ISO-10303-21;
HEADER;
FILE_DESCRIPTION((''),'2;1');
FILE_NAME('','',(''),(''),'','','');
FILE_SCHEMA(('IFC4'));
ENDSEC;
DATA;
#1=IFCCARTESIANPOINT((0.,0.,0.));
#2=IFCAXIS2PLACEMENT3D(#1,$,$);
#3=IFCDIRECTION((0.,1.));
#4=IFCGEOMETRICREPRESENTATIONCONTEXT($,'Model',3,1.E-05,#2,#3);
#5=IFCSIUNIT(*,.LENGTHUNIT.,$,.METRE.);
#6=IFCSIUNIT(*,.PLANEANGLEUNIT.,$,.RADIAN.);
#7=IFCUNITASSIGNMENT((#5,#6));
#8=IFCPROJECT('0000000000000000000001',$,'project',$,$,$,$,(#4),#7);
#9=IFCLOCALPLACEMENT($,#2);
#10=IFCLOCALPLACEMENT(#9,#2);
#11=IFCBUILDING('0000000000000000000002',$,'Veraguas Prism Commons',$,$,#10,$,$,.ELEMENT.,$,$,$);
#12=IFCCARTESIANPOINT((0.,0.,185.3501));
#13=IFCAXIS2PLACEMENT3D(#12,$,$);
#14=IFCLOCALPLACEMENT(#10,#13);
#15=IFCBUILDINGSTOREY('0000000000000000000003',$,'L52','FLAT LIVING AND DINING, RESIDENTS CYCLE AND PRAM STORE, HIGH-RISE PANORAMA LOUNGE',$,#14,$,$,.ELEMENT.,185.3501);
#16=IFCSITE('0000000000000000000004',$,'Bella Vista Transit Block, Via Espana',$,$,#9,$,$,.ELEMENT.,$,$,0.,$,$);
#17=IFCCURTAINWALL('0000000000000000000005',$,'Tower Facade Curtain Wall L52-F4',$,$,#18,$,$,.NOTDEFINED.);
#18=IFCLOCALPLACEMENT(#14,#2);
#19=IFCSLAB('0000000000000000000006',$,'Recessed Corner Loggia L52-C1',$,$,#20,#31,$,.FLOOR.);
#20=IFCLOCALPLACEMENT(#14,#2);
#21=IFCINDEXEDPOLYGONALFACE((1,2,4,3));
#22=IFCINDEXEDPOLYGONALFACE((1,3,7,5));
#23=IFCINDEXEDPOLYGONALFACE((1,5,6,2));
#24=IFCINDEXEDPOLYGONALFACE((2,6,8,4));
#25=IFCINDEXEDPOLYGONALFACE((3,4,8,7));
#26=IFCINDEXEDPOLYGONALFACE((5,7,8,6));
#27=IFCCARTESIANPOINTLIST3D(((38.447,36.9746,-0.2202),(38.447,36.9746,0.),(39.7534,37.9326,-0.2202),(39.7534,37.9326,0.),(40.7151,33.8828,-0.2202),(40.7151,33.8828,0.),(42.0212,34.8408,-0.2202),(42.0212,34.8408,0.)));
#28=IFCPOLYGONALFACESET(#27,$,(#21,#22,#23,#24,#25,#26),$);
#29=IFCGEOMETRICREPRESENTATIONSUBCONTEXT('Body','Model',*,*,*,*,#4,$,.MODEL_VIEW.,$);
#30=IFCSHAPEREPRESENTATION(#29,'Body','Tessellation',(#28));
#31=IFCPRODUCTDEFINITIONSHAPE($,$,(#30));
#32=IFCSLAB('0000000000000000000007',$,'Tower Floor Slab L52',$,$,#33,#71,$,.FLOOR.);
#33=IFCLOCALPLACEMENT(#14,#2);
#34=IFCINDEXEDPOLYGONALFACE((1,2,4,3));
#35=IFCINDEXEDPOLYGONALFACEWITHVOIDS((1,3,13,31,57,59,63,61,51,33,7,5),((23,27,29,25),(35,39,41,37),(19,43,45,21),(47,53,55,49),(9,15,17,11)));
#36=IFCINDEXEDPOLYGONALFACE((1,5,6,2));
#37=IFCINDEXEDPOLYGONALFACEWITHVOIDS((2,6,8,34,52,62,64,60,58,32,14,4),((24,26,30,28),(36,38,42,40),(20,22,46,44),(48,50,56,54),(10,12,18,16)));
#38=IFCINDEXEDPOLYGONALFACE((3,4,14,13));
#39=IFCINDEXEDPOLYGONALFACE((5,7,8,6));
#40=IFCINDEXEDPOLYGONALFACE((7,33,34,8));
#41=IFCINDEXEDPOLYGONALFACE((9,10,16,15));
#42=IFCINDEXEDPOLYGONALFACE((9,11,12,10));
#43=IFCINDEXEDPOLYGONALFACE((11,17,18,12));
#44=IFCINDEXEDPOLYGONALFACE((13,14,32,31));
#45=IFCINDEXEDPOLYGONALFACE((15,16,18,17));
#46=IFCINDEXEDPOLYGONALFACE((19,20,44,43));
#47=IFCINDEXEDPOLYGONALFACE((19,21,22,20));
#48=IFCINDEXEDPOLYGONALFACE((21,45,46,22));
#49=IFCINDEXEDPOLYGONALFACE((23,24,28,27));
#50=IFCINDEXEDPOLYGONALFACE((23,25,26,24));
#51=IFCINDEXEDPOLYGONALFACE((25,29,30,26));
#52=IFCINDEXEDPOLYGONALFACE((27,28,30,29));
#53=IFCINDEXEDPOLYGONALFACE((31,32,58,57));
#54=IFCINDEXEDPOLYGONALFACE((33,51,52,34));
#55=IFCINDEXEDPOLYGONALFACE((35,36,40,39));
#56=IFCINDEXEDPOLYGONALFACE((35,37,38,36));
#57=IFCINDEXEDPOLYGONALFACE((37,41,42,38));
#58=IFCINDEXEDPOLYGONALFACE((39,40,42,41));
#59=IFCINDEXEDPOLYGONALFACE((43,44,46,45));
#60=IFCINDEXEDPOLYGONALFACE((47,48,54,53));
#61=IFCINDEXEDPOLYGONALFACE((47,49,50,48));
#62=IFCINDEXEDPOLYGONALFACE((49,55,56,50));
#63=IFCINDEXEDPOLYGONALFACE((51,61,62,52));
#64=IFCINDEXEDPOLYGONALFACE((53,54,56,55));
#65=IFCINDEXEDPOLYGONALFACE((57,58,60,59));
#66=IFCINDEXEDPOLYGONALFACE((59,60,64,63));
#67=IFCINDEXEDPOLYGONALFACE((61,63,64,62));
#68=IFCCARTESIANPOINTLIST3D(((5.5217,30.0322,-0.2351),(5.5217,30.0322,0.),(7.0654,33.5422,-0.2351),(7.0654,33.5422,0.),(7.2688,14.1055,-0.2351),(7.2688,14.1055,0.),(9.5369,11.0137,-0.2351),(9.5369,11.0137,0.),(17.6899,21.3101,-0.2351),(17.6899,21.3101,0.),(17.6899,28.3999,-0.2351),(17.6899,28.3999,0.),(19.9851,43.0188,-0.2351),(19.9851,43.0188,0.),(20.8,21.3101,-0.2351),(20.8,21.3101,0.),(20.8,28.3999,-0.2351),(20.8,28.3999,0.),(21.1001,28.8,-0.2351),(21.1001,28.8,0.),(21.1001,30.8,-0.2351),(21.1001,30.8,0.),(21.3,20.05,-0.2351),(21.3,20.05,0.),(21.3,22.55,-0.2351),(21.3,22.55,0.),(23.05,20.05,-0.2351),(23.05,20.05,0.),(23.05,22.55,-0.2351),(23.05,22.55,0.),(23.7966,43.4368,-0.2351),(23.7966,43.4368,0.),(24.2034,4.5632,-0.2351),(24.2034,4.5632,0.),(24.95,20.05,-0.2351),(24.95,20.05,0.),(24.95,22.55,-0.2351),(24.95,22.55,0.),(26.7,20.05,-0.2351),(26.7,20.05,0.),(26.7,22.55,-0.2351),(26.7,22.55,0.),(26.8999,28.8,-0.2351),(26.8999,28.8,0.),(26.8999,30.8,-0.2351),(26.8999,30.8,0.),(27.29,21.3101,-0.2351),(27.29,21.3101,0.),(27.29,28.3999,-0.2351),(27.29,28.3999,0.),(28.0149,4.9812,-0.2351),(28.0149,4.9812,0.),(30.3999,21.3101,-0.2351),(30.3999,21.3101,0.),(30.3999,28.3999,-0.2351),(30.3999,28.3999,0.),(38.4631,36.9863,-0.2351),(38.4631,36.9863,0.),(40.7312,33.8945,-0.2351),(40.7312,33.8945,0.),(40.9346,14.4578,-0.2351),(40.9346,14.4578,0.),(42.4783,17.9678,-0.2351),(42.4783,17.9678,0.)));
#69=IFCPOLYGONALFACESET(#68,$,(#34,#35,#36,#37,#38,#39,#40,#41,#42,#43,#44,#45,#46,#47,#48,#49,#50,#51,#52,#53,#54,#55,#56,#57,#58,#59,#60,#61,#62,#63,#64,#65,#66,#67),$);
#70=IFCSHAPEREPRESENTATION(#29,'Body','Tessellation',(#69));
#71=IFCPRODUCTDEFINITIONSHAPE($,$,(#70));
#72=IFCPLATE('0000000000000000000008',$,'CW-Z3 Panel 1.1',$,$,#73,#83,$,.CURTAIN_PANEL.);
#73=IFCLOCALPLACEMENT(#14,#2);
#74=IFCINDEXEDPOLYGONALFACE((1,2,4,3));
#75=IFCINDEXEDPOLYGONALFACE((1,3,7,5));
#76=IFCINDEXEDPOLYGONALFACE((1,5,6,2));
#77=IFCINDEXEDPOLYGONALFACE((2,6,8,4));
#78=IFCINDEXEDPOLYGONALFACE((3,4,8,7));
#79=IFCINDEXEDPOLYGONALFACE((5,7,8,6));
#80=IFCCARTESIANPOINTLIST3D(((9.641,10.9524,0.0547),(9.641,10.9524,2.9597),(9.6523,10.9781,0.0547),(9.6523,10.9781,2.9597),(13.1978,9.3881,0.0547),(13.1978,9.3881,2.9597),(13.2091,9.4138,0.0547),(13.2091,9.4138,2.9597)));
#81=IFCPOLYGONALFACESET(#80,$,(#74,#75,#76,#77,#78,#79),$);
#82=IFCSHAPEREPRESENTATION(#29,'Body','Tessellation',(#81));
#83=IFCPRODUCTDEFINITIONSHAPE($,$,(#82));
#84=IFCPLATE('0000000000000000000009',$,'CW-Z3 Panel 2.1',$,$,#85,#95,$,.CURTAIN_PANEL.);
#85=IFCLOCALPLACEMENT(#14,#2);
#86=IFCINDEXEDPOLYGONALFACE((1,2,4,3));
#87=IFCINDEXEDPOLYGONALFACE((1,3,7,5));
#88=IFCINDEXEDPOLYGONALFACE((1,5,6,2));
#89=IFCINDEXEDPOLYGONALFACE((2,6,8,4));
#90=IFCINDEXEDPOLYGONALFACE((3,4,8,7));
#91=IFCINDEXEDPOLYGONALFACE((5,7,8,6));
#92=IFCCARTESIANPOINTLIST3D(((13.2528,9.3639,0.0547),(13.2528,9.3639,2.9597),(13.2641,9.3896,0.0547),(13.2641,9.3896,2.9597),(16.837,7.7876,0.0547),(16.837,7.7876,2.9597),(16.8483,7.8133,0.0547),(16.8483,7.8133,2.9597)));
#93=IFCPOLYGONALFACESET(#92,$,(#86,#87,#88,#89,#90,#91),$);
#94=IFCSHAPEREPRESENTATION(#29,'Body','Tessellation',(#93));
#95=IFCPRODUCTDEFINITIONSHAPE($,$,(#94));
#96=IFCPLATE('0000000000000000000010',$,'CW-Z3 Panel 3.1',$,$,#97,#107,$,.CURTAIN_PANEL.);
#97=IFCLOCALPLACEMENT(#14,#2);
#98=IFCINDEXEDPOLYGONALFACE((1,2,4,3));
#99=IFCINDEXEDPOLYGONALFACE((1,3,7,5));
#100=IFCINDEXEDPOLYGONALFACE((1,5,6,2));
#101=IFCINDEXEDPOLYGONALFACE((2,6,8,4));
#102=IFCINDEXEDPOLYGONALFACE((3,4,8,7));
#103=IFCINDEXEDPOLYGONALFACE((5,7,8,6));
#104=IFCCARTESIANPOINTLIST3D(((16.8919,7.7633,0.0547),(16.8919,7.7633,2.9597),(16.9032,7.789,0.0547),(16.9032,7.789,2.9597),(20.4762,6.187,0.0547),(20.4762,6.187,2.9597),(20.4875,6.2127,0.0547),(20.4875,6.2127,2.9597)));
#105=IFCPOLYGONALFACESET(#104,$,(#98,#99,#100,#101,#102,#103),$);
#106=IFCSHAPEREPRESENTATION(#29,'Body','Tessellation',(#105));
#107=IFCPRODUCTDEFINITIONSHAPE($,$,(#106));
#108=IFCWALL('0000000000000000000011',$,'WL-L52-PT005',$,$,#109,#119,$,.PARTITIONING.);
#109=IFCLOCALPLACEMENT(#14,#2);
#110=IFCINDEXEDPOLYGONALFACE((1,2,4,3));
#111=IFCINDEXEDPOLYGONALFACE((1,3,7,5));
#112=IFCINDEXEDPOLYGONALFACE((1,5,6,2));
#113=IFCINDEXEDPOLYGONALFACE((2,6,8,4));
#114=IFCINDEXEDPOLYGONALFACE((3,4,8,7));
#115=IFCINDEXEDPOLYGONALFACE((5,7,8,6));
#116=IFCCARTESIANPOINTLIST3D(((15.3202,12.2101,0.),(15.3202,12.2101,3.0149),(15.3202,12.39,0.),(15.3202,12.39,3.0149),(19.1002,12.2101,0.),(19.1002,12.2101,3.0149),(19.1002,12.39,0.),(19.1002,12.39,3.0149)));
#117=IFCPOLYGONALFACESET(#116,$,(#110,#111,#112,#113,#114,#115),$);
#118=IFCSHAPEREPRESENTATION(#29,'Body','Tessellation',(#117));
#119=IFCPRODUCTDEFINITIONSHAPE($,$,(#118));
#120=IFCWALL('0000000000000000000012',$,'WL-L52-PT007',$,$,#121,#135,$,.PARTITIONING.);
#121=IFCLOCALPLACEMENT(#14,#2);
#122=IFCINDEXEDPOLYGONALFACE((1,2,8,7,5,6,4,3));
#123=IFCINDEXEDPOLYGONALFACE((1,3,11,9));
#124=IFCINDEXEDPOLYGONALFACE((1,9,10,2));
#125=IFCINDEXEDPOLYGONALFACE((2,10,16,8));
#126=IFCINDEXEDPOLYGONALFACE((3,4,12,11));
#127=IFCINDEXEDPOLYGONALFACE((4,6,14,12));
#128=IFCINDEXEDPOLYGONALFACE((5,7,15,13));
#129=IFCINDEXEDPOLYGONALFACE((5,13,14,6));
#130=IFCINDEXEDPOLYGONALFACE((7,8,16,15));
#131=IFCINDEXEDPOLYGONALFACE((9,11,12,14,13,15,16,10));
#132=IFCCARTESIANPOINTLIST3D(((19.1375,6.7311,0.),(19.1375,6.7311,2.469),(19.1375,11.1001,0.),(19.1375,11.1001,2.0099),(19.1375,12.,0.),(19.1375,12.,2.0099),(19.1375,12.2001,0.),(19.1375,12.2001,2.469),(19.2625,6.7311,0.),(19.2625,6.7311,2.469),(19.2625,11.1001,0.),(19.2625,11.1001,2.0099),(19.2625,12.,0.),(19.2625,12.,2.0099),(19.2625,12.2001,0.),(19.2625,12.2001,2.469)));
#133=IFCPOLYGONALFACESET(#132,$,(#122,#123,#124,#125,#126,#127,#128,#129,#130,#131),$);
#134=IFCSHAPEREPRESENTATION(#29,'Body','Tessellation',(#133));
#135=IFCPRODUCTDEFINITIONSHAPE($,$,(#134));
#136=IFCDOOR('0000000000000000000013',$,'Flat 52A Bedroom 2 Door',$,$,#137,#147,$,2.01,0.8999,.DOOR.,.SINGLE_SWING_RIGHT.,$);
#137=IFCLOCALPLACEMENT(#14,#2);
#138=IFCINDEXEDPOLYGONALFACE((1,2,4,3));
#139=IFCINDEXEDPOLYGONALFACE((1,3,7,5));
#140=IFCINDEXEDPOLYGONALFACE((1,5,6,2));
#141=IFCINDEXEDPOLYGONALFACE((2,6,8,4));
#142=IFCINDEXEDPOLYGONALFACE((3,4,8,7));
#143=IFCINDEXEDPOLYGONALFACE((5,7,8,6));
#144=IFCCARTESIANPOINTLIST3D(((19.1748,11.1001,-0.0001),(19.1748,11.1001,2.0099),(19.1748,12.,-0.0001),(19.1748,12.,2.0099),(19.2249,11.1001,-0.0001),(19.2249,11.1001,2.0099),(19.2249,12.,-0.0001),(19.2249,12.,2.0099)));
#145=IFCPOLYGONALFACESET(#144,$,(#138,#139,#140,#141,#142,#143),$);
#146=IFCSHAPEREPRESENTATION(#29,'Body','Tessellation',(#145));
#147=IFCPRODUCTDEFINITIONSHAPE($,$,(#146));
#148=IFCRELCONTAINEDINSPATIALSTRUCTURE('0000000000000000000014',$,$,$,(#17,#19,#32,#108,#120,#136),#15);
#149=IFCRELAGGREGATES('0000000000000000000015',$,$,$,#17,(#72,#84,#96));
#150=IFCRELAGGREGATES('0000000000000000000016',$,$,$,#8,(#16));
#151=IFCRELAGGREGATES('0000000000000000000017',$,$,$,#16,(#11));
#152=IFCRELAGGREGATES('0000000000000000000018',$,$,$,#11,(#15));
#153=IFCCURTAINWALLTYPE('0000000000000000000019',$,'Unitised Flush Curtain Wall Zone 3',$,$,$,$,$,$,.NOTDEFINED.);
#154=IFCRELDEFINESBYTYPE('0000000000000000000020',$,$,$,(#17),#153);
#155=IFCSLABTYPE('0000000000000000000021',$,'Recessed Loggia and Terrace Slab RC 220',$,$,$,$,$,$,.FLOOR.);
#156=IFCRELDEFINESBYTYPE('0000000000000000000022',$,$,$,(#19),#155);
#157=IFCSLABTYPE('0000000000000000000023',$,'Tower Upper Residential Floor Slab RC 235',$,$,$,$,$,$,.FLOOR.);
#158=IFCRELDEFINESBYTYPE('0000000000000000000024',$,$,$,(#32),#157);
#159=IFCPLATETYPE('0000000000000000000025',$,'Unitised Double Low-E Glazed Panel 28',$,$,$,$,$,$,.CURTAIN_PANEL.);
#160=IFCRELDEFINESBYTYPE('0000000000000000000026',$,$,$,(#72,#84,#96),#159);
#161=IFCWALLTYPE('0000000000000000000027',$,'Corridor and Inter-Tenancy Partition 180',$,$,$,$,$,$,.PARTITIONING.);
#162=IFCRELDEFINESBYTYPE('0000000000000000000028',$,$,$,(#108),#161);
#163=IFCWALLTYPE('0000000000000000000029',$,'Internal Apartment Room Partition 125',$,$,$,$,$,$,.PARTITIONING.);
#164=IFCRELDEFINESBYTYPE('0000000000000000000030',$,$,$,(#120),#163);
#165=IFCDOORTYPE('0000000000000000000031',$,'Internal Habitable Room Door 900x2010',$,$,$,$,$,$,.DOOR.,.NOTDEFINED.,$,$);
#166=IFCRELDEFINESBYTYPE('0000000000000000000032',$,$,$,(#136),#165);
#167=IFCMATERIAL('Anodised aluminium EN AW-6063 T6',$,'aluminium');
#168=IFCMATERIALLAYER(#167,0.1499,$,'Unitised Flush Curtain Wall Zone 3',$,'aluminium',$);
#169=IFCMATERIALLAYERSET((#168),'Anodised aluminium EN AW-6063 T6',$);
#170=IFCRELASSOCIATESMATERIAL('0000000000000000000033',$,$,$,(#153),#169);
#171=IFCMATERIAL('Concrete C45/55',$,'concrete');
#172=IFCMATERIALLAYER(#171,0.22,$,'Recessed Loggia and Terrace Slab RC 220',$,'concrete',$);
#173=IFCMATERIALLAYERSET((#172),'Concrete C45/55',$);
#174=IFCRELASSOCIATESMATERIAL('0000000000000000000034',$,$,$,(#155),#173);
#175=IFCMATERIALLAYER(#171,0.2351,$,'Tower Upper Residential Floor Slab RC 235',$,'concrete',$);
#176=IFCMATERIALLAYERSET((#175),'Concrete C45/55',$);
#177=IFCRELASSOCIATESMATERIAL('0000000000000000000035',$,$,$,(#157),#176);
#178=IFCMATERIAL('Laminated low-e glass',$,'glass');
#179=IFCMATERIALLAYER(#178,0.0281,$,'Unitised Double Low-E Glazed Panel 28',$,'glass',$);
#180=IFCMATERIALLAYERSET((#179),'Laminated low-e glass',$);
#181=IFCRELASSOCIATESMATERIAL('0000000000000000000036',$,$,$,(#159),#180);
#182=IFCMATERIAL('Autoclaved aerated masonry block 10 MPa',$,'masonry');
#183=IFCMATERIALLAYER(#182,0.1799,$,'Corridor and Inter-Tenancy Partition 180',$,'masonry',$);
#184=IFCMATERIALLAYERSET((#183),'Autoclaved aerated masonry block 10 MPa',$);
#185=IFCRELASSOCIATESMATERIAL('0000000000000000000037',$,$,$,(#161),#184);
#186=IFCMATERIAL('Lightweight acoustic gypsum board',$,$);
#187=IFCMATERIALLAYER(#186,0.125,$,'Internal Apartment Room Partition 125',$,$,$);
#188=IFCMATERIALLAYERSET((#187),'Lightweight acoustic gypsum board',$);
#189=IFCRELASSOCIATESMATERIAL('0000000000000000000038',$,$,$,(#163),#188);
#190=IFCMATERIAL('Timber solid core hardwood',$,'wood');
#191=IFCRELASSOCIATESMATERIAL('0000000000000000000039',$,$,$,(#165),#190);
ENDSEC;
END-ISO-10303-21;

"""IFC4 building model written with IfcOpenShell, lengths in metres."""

from ifc_helpers import new_model, si_unit, direction, frame, frame_2d, origin, origin_2d, place, context, subcontext, project, spatial, polyline, rectangle, outline, extrude, source, transform, mapped, material, layer, layer_set, type_object, element, fill, aggregate, save


model = new_model("IFC4")

# Units and contexts
model_context = context("Model", 3, precision=1e-05, world=origin(), true_north=direction((0.0, 1.0)))
body_context = subcontext(model_context, "Body", "Model", "MODEL_VIEW")
ifc_project = project(units=[si_unit("LENGTHUNIT", "METRE"), si_unit("PLANEANGLEUNIT", "RADIAN")], contexts=[model_context])

# Site, building, storey
site_placement = place(None, origin())
site = spatial("IfcSite", under=ifc_project, at=site_placement, Name="Bella Vista Transit Block, Via Espana", CompositionType="ELEMENT", RefElevation=0.0)
building_placement = place(site_placement, origin())
building = spatial("IfcBuilding", under=site, at=building_placement, Name="Veraguas Prism Commons", CompositionType="ELEMENT")
storey_placement = place(building_placement, frame((0.0, 0.0, 185.3501)))
storey = spatial("IfcBuildingStorey", under=building, at=storey_placement, Name="L52", Description="FLAT LIVING AND DINING, RESIDENTS CYCLE AND PRAM STORE, HIGH-RISE PANORAMA LOUNGE", CompositionType="ELEMENT", Elevation=185.3501)

# Curtain wall
ifc_material_1 = material(Name="Anodised aluminium EN AW-6063 T6", Category="aluminium")
ifc_layer_1 = layer(ifc_material_1, 0.1499, Name="Unitised Flush Curtain Wall Zone 3", Category="aluminium")
ifc_layer_set_1 = layer_set([ifc_layer_1], Name="Anodised aluminium EN AW-6063 T6")
curtain_wall_type = type_object("IfcCurtainWallType", Name="Unitised Flush Curtain Wall Zone 3", PredefinedType="NOTDEFINED", material=ifc_layer_set_1)
curtain_wall_1_placement = place(storey_placement, origin())
curtain_wall_1 = element("IfcCurtainWall", 1, at=curtain_wall_1_placement, inside=storey, type_object=curtain_wall_type, Name="Tower Facade Curtain Wall L52-F4", PredefinedType="NOTDEFINED")

# Slabs
ifc_material_2 = material(Name="Concrete C45/55", Category="concrete")
ifc_layer_2 = layer(ifc_material_2, 0.22, Name="Recessed Loggia and Terrace Slab RC 220", Category="concrete")
ifc_layer_set_2 = layer_set([ifc_layer_2], Name="Concrete C45/55")
slab_type_1 = type_object("IfcSlabType", Name="Recessed Loggia and Terrace Slab RC 220", PredefinedType="FLOOR", material=ifc_layer_set_2)
slab_1_placement = place(storey_placement, frame((0.0, 0.0, -0.2202)))
element("IfcSlab", 2, at=slab_1_placement, inside=storey, type_object=slab_type_1, Name="Recessed Corner Loggia L52-C1", PredefinedType="FLOOR", context=body_context, shape_type="SweptSolid", body=[
    extrude(outline(polyline([(40.7151, 33.8828), (42.0212, 34.8408), (39.7534, 37.9326), (38.447, 36.9746), (40.7151, 33.8828)])), origin(), (0.0, 0.0, 1.0), 0.2202),
])
ifc_layer_3 = layer(ifc_material_2, 0.2351, Name="Tower Upper Residential Floor Slab RC 235", Category="concrete")
ifc_layer_set_3 = layer_set([ifc_layer_3], Name="Concrete C45/55")
slab_type_2 = type_object("IfcSlabType", Name="Tower Upper Residential Floor Slab RC 235", PredefinedType="FLOOR", material=ifc_layer_set_3)
slab_2_placement = place(storey_placement, frame((0.0, 0.0, -0.2351)))
element("IfcSlab", 3, at=slab_2_placement, inside=storey, type_object=slab_type_2, Name="Tower Floor Slab L52", PredefinedType="FLOOR", context=body_context, shape_type="SweptSolid", body=[
    extrude(outline(polyline([(40.7312, 33.8945), (38.4631, 36.9863), (23.7966, 43.4368), (19.9851, 43.0188), (7.0654, 33.5422), (5.5217, 30.0322), (7.2688, 14.1055), (9.5369, 11.0137), (24.2034, 4.5632), (28.0149, 4.9812), (40.9346, 14.4578), (42.4783, 17.9678), (40.7312, 33.8945)]), holes=[polyline([(20.8, 21.3101), (20.8, 28.3999), (17.6899, 28.3999), (17.6899, 21.3101), (20.8, 21.3101)]), polyline([(30.3999, 21.3101), (30.3999, 28.3999), (27.29, 28.3999), (27.29, 21.3101), (30.3999, 21.3101)]), polyline([(21.1001, 28.8), (26.8999, 28.8), (26.8999, 30.8), (21.1001, 30.8), (21.1001, 28.8)]), polyline([(21.3, 20.05), (23.05, 20.05), (23.05, 22.55), (21.3, 22.55), (21.3, 20.05)]), polyline([(24.95, 20.05), (26.7, 20.05), (26.7, 22.55), (24.95, 22.55), (24.95, 20.05)])]), origin(), (0.0, 0.0, 1.0), 0.2351),
])

# Plates
ifc_material_3 = material(Name="Laminated low-e glass", Category="glass")
ifc_layer_4 = layer(ifc_material_3, 0.0281, Name="Unitised Double Low-E Glazed Panel 28", Category="glass")
ifc_layer_set_4 = layer_set([ifc_layer_4], Name="Laminated low-e glass")
plate_type = type_object("IfcPlateType", Name="Unitised Double Low-E Glazed Panel 28", PredefinedType="CURTAIN_PANEL", material=ifc_layer_set_4)
shared_shape_1 = source(origin(), body_context, "Body", "SweptSolid", [
    extrude(rectangle(XDim=3.8855, YDim=0.0281, at=origin_2d()), origin(), (0.0, 0.0, 1.0), 2.905),
])
plate_1_placement = place(storey_placement, frame((11.425, 10.1831, 0.0547), z_axis=(0.0, 0.0, 1.0), x_axis=(0.915385, -0.402581, 0.0)))
plate_1 = element("IfcPlate", 4, at=plate_1_placement, type_object=plate_type, Name="CW-Z3 Panel 1.1", PredefinedType="CURTAIN_PANEL", context=body_context, shape_type="MappedRepresentation", body=[
    mapped(shared_shape_1, transform((0.0, 0.0, 0.0), scale=1.0)),
])
shared_shape_2 = source(origin(), body_context, "Body", "SweptSolid", [
    extrude(rectangle(XDim=3.9155, YDim=0.0281, at=origin_2d()), origin(), (0.0, 0.0, 1.0), 2.905),
])
plate_2_placement = place(storey_placement, frame((15.0505, 8.5886, 0.0547), z_axis=(0.0, 0.0, 1.0), x_axis=(0.915385, -0.402581, 0.0)))
plate_2 = element("IfcPlate", 5, at=plate_2_placement, type_object=plate_type, Name="CW-Z3 Panel 2.1", PredefinedType="CURTAIN_PANEL", context=body_context, shape_type="MappedRepresentation", body=[
    mapped(shared_shape_2, transform((0.0, 0.0, 0.0), scale=1.0)),
])
plate_3_placement = place(storey_placement, frame((18.6897, 6.988, 0.0547), z_axis=(0.0, 0.0, 1.0), x_axis=(0.915385, -0.402581, 0.0)))
plate_3 = element("IfcPlate", 6, at=plate_3_placement, type_object=plate_type, Name="CW-Z3 Panel 3.1", PredefinedType="CURTAIN_PANEL", context=body_context, shape_type="MappedRepresentation", body=[
    mapped(shared_shape_2, transform((0.0, 0.0, 0.0), scale=1.0)),
])
aggregate(curtain_wall_1, [plate_1, plate_2, plate_3])

# Wall
ifc_material_4 = material(Name="Autoclaved aerated masonry block 10 MPa", Category="masonry")
ifc_layer_5 = layer(ifc_material_4, 0.1799, Name="Corridor and Inter-Tenancy Partition 180", Category="masonry")
ifc_layer_set_5 = layer_set([ifc_layer_5], Name="Autoclaved aerated masonry block 10 MPa")
wall_type_1 = type_object("IfcWallType", Name="Corridor and Inter-Tenancy Partition 180", PredefinedType="PARTITIONING", material=ifc_layer_set_5)
wall_1_placement = place(storey_placement, frame((15.3201, 12.3, 0.0), z_axis=(0.0, 0.0, 1.0), x_axis=(1.0, 0.0, 0.0)))
element("IfcWall", 7, at=wall_1_placement, inside=storey, type_object=wall_type_1, Name="WL-L52-PT005", PredefinedType="PARTITIONING", context=body_context, shape_type="SweptSolid", body=[
    extrude(rectangle(XDim=3.78, YDim=0.1799, at=frame_2d((1.8901, 0.0))), origin(), (0.0, 0.0, 1.0), 3.0149),
])

# Wall, opening, door
ifc_material_5 = material(Name="Lightweight acoustic gypsum board")
ifc_layer_6 = layer(ifc_material_5, 0.125, Name="Internal Apartment Room Partition 125")
ifc_layer_set_6 = layer_set([ifc_layer_6], Name="Lightweight acoustic gypsum board")
wall_type_2 = type_object("IfcWallType", Name="Internal Apartment Room Partition 125", PredefinedType="PARTITIONING", material=ifc_layer_set_6)
wall_2_placement = place(storey_placement, frame((19.2, 12.2, 0.0), z_axis=(0.0, 0.0, 1.0), x_axis=(0.0, -1.0, 0.0)))
wall_2 = element("IfcWall", 8, at=wall_2_placement, inside=storey, type_object=wall_type_2, Name="WL-L52-PT007", PredefinedType="PARTITIONING", context=body_context, shape_type="SweptSolid", body=[
    extrude(rectangle(XDim=5.469, YDim=0.125, at=frame_2d((2.7344, 0.0))), origin(), (0.0, 0.0, 1.0), 2.469),
])
opening_1_placement = place(wall_2_placement, frame((0.2, 0.0, 0.0)))
opening_1 = element("IfcOpeningElement", 9, at=opening_1_placement, cuts=wall_2, PredefinedType="OPENING", context=body_context, shape_type="SweptSolid", body=[
    extrude(rectangle(XDim=0.8999, YDim=2.01, at=frame_2d((0.45, 1.0049))), frame((0.0, 0.0725, 0.0), z_axis=(0.0, -1.0, 0.0), x_axis=(1.0, 0.0, 0.0)), (0.0, 0.0, 1.0), 0.145),
])
ifc_material_6 = material(Name="Timber solid core hardwood", Category="wood")
door_type_1 = type_object("IfcDoorType", Name="Internal Habitable Room Door 900x2010", OperationType="NOTDEFINED", PredefinedType="DOOR", material=ifc_material_6)
shared_shape_3 = source(origin(), body_context, "Body", "SweptSolid", [
    extrude(rectangle(XDim=0.8999, YDim=2.01, at=frame_2d((0.45, 1.0049))), frame((0.0, 0.0249, 0.0), z_axis=(0.0, -1.0, 0.0), x_axis=(1.0, 0.0, 0.0)), (0.0, 0.0, 1.0), 0.05),
])
door_1_placement = place(opening_1_placement, origin())
door_1 = element("IfcDoor", 10, at=door_1_placement, inside=storey, type_object=door_type_1, Name="Flat 52A Bedroom 2 Door", OperationType="SINGLE_SWING_RIGHT", OverallHeight=2.01, OverallWidth=0.8999, PredefinedType="DOOR", context=body_context, shape_type="MappedRepresentation", body=[
    mapped(shared_shape_3, transform((0.0, 0.0, 0.0), scale=1.0)),
])
fill(opening_1, door_1)

save(model, "model.ifc")
